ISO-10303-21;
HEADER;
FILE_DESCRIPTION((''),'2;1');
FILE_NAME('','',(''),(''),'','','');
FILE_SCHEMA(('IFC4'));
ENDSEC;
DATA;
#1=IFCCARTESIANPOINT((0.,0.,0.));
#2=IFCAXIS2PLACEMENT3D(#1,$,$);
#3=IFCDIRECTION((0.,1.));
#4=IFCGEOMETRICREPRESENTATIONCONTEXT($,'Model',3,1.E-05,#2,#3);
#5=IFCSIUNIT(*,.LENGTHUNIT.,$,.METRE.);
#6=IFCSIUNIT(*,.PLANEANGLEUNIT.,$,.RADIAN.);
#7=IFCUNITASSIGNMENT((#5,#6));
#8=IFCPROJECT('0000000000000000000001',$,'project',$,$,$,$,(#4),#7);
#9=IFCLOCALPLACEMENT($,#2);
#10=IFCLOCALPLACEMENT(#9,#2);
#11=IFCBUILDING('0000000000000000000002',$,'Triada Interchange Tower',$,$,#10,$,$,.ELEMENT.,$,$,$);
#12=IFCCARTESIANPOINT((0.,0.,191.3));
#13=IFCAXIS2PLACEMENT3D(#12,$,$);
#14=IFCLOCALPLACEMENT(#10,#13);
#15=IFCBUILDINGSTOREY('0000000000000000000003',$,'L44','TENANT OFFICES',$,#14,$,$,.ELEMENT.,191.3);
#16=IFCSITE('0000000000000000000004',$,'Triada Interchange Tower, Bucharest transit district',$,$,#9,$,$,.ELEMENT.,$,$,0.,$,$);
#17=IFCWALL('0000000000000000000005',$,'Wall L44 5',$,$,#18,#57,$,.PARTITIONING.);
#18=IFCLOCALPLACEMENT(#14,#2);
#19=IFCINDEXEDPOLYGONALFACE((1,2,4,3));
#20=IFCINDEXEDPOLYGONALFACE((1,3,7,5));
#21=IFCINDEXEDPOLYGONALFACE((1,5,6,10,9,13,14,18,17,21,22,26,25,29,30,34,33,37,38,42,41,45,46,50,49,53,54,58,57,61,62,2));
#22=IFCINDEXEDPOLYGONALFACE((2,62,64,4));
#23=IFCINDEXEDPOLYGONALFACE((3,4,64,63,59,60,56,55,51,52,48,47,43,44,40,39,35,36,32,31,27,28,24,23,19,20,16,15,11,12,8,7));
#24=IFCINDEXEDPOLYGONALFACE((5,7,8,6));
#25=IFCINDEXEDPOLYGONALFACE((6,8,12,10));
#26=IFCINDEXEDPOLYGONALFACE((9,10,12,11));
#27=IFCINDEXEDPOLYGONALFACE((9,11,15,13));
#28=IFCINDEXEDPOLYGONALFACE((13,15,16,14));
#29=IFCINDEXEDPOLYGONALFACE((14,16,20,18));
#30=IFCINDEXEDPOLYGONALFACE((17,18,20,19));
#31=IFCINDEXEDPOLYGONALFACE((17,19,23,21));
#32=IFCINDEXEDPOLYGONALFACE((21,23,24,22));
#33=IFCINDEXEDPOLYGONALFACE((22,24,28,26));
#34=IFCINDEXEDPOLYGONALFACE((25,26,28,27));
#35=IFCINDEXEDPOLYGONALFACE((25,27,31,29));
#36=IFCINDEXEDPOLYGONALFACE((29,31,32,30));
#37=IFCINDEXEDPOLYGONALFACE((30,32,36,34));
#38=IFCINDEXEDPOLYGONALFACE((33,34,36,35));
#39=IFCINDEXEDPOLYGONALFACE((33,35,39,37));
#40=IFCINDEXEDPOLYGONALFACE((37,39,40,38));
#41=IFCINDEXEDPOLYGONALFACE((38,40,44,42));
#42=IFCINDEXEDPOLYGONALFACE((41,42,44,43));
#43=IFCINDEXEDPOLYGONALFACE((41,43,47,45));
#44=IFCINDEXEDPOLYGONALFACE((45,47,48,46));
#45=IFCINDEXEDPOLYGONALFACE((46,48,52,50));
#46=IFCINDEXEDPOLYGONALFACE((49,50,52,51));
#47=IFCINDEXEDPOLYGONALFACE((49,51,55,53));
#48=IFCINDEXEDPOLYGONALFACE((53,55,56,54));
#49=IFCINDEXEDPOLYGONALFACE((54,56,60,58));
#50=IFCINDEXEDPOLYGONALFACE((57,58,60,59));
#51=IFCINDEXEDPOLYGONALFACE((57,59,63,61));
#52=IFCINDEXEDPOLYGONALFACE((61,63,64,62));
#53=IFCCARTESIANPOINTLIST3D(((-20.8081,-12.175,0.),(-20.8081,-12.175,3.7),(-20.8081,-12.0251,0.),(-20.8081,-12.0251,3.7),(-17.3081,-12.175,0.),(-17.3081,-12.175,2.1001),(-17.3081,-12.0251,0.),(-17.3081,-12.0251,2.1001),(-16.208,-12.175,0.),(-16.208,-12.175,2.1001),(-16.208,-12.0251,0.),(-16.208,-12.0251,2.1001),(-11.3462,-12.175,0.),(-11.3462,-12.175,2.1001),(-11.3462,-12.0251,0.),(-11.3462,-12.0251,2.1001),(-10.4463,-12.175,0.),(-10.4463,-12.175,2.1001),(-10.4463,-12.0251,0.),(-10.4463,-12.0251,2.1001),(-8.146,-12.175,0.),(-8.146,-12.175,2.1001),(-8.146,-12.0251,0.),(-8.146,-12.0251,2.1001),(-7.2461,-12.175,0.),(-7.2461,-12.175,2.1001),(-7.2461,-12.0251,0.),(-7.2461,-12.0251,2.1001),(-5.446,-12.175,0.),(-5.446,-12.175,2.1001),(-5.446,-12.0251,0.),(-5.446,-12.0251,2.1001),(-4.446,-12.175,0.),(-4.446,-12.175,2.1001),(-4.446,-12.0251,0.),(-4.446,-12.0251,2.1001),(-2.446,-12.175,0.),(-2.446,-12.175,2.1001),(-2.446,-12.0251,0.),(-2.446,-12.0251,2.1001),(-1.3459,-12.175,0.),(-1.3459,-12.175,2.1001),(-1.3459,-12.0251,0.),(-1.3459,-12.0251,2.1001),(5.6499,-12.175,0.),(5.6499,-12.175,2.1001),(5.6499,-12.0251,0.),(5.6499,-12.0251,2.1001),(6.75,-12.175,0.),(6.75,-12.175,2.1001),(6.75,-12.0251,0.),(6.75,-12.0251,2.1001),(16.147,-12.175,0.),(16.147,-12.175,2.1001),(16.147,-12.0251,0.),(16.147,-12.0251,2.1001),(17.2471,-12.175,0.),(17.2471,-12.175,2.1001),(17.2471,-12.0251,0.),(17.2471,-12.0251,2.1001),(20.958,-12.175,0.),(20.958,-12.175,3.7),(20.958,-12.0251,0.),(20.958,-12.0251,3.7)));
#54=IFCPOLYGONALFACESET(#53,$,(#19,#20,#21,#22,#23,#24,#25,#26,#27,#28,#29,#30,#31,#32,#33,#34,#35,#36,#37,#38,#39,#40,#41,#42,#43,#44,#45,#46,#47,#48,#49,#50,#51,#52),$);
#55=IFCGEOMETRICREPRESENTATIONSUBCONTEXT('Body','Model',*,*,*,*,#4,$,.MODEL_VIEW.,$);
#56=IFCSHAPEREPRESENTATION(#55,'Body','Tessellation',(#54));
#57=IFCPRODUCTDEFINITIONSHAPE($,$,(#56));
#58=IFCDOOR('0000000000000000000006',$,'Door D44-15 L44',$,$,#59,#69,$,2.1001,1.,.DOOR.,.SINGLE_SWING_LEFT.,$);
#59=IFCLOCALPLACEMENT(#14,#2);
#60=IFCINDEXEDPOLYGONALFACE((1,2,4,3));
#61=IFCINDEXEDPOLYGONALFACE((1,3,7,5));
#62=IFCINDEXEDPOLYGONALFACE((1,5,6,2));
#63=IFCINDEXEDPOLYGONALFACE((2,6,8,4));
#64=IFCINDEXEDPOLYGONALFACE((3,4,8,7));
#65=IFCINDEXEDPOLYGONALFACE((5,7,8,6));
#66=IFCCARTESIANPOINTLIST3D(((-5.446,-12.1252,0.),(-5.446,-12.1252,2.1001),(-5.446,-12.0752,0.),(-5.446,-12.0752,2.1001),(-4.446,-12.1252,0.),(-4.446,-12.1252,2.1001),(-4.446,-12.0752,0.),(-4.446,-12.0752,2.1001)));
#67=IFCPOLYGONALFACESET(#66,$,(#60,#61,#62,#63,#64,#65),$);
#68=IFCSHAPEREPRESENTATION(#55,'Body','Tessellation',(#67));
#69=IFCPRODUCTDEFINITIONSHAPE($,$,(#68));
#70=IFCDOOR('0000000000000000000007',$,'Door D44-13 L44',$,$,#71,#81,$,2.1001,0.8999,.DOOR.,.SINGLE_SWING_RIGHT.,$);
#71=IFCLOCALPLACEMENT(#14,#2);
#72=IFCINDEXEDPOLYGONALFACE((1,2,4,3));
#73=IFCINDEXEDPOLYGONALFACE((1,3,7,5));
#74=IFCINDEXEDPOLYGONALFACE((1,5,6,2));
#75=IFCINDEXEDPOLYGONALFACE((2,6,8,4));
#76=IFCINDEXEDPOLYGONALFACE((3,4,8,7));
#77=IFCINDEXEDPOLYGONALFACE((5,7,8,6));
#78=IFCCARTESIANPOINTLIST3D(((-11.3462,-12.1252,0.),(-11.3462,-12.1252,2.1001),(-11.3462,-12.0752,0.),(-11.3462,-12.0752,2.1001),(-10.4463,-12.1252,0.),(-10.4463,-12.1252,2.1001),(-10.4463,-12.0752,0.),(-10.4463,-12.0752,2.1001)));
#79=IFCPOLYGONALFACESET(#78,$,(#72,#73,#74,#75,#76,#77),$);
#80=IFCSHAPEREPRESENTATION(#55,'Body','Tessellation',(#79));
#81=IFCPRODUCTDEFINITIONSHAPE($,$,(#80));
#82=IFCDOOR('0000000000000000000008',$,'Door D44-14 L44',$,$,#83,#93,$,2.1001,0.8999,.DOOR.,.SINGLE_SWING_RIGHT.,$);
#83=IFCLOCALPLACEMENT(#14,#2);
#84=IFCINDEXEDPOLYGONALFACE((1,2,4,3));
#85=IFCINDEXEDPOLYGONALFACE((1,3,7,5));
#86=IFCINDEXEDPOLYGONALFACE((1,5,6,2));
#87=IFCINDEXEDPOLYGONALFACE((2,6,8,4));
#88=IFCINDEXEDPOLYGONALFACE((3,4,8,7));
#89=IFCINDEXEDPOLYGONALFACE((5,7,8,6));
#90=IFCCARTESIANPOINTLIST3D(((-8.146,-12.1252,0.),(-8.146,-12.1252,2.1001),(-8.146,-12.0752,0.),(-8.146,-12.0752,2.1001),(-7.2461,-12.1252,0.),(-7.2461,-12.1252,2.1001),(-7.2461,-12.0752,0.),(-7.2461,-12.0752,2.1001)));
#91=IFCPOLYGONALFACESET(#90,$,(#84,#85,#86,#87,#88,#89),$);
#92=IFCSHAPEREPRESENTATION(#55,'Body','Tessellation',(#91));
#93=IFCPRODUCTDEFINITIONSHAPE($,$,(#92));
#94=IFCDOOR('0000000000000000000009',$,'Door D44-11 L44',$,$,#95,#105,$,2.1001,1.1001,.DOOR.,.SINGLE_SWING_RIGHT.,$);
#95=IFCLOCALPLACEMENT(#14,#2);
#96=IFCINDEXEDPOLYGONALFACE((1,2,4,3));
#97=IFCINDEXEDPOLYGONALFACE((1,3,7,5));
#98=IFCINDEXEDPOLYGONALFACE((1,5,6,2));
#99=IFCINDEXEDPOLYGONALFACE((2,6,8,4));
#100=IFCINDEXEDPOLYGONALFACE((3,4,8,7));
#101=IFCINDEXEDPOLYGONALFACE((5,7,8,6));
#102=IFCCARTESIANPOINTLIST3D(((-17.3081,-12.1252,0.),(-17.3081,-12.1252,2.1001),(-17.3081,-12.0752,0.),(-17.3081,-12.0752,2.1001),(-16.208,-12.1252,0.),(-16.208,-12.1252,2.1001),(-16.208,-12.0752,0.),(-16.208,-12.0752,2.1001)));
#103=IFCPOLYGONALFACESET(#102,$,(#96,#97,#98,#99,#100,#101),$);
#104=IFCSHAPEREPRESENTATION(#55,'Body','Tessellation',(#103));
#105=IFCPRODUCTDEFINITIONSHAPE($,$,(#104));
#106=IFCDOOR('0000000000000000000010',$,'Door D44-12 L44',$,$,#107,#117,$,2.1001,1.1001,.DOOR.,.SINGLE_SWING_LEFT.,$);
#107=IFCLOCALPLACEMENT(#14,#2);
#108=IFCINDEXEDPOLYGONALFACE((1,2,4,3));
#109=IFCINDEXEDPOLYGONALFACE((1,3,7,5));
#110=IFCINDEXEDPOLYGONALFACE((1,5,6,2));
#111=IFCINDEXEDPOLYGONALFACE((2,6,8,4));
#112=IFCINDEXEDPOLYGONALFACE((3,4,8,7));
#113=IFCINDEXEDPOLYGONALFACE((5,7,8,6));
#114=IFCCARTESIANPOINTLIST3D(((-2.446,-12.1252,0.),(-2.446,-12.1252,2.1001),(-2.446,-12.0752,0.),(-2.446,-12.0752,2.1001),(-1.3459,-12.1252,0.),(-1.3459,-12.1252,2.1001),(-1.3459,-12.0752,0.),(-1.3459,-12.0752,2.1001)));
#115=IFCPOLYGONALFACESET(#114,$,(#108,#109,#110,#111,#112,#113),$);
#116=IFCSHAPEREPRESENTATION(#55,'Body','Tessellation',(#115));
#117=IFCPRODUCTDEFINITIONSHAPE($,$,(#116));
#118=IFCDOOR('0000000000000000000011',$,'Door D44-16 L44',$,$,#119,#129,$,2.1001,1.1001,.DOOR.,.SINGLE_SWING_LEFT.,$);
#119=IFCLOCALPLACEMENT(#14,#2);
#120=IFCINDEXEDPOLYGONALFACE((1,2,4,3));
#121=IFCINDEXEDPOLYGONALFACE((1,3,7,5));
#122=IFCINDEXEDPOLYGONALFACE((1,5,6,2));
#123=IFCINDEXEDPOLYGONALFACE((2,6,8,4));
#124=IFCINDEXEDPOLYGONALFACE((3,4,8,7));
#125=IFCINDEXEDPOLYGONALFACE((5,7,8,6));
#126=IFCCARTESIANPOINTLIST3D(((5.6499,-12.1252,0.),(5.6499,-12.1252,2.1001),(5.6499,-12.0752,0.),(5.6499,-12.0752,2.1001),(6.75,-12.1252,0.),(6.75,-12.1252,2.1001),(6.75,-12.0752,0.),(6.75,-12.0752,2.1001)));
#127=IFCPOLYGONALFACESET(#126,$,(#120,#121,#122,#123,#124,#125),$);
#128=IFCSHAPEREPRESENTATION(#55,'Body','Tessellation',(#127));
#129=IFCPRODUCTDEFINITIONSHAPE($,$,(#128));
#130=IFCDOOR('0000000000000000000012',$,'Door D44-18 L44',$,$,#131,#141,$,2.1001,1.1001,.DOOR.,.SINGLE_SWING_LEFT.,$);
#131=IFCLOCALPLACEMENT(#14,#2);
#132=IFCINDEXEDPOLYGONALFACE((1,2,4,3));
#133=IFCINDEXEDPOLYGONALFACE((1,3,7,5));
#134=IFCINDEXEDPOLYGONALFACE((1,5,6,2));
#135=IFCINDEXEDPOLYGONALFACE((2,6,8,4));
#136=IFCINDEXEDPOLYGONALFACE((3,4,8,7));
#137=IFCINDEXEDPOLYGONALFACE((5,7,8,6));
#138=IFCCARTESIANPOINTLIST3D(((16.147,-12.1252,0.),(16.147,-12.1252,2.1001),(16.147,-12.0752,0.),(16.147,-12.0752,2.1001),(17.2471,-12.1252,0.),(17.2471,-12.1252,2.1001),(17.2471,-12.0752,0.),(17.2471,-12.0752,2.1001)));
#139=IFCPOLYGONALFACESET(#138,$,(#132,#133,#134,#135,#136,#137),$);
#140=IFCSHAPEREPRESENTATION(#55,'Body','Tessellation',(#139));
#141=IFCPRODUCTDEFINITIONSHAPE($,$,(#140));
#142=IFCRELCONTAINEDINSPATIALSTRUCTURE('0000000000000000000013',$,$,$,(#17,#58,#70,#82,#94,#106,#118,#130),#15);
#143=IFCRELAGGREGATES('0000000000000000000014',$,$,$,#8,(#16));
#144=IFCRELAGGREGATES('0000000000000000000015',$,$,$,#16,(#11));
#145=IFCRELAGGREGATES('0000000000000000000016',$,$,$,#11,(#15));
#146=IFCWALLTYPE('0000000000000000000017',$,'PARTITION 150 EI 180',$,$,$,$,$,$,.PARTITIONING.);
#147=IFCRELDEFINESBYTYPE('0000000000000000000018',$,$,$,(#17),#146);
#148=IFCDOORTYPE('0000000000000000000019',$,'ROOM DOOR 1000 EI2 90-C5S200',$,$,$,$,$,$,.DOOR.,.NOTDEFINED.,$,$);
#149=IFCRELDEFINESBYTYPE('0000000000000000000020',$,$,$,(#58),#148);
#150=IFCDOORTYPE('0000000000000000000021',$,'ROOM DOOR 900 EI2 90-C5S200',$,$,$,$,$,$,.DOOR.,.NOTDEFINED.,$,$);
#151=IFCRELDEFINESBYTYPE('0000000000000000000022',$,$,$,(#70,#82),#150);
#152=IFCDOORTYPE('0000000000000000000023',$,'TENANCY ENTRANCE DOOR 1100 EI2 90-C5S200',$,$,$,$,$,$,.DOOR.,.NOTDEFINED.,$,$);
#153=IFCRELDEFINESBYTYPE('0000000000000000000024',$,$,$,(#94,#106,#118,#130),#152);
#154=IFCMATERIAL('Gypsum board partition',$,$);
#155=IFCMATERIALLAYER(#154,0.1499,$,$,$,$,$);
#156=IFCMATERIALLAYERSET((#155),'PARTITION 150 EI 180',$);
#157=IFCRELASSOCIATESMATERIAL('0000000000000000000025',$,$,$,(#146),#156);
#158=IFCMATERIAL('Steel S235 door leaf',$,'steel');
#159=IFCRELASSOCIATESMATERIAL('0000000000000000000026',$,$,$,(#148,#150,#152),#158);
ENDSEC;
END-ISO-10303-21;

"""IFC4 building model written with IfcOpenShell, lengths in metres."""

from ifc_helpers import new_model, si_unit, direction, frame, frame_2d, origin, place, context, subcontext, project, spatial, rectangle, extrude, material, layer, layer_set, type_object, element, fill, save


model = new_model("IFC4")

# Units and contexts
model_context = context("Model", 3, precision=1e-05, world=origin(), true_north=direction((0.0, 1.0)))
body_context = subcontext(model_context, "Body", "Model", "MODEL_VIEW")
ifc_project = project(units=[si_unit("LENGTHUNIT", "METRE"), si_unit("PLANEANGLEUNIT", "RADIAN")], contexts=[model_context])

# Site, building, storey
site_placement = place(None, origin())
site = spatial("IfcSite", under=ifc_project, at=site_placement, Name="Triada Interchange Tower, Bucharest transit district", CompositionType="ELEMENT", RefElevation=0.0)
building_placement = place(site_placement, origin())
building = spatial("IfcBuilding", under=site, at=building_placement, Name="Triada Interchange Tower", CompositionType="ELEMENT")
storey_placement = place(building_placement, frame((0.0, 0.0, 191.3)))
storey = spatial("IfcBuildingStorey", under=building, at=storey_placement, Name="L44", Description="TENANT OFFICES", CompositionType="ELEMENT", Elevation=191.3)

# Wall, openings, doors
ifc_material_1 = material(Name="Gypsum board partition")
ifc_layer_1 = layer(ifc_material_1, 0.1499)
ifc_layer_set_1 = layer_set([ifc_layer_1], Name="PARTITION 150 EI 180")
wall_type_1 = type_object("IfcWallType", Name="PARTITION 150 EI 180", PredefinedType="PARTITIONING", material=ifc_layer_set_1)
ifc_material_2 = material(Name="Steel S235 door leaf", Category="steel")
door_type_1 = type_object("IfcDoorType", Name="ROOM DOOR 1000 EI2 90-C5S200", OperationType="NOTDEFINED", PredefinedType="DOOR", material=ifc_material_2)
door_type_2 = type_object("IfcDoorType", Name="ROOM DOOR 900 EI2 90-C5S200", OperationType="NOTDEFINED", PredefinedType="DOOR", material=ifc_material_2)
door_type_3 = type_object("IfcDoorType", Name="TENANCY ENTRANCE DOOR 1100 EI2 90-C5S200", OperationType="NOTDEFINED", PredefinedType="DOOR", material=ifc_material_2)
wall_1_placement = place(storey_placement, frame((-20.8081, -12.1001, 0.0), z_axis=(0.0, 0.0, 1.0), x_axis=(1.0, 0.0, 0.0)))
wall_1 = element("IfcWall", 1, at=wall_1_placement, inside=storey, type_object=wall_type_1, Name="Wall L44 5", PredefinedType="PARTITIONING", context=body_context, shape_type="SweptSolid", body=[
    extrude(rectangle(XDim=41.7661, YDim=0.1499, at=frame_2d((20.8831, 0.0))), origin(), (0.0, 0.0, 1.0), 3.7),
])
opening_1_placement = place(wall_1_placement, frame((3.5, 0.0, 0.0)))
opening_1 = element("IfcOpeningElement", 2, at=opening_1_placement, cuts=wall_1, PredefinedType="OPENING", context=body_context, shape_type="SweptSolid", body=[
    extrude(rectangle(XDim=1.1001, YDim=2.1001, at=frame_2d((0.55, 1.05))), frame((0.0, 0.085, 0.0), z_axis=(0.0, -1.0, 0.0), x_axis=(1.0, 0.0, 0.0)), (0.0, 0.0, 1.0), 0.1699),
])
opening_2_placement = place(wall_1_placement, frame((18.3621, 0.0, 0.0)))
opening_2 = element("IfcOpeningElement", 3, at=opening_2_placement, cuts=wall_1, PredefinedType="OPENING", context=body_context, shape_type="SweptSolid", body=[
    extrude(rectangle(XDim=1.1001, YDim=2.1001, at=frame_2d((0.55, 1.05))), frame((0.0, 0.085, 0.0), z_axis=(0.0, -1.0, 0.0), x_axis=(1.0, 0.0, 0.0)), (0.0, 0.0, 1.0), 0.1699),
])
opening_3_placement = place(wall_1_placement, frame((9.4619, 0.0, 0.0)))
opening_3 = element("IfcOpeningElement", 4, at=opening_3_placement, cuts=wall_1, PredefinedType="OPENING", context=body_context, shape_type="SweptSolid", body=[
    extrude(rectangle(XDim=0.8999, YDim=2.1001, at=frame_2d((0.45, 1.05))), frame((0.0, 0.085, 0.0), z_axis=(0.0, -1.0, 0.0), x_axis=(1.0, 0.0, 0.0)), (0.0, 0.0, 1.0), 0.1699),
])
opening_4_placement = place(wall_1_placement, frame((12.6621, 0.0, 0.0)))
opening_4 = element("IfcOpeningElement", 5, at=opening_4_placement, cuts=wall_1, PredefinedType="OPENING", context=body_context, shape_type="SweptSolid", body=[
    extrude(rectangle(XDim=0.8999, YDim=2.1001, at=frame_2d((0.45, 1.05))), frame((0.0, 0.085, 0.0), z_axis=(0.0, -1.0, 0.0), x_axis=(1.0, 0.0, 0.0)), (0.0, 0.0, 1.0), 0.1699),
])
opening_5_placement = place(wall_1_placement, frame((15.3621, 0.0, 0.0)))
opening_5 = element("IfcOpeningElement", 6, at=opening_5_placement, cuts=wall_1, PredefinedType="OPENING", context=body_context, shape_type="SweptSolid", body=[
    extrude(rectangle(XDim=1.0, YDim=2.1001, at=frame_2d((0.5, 1.05))), frame((0.0, 0.085, 0.0), z_axis=(0.0, -1.0, 0.0), x_axis=(1.0, 0.0, 0.0)), (0.0, 0.0, 1.0), 0.1699),
])
opening_6_placement = place(wall_1_placement, frame((26.458, 0.0, 0.0)))
opening_6 = element("IfcOpeningElement", 7, at=opening_6_placement, cuts=wall_1, PredefinedType="OPENING", context=body_context, shape_type="SweptSolid", body=[
    extrude(rectangle(XDim=1.1001, YDim=2.1001, at=frame_2d((0.55, 1.05))), frame((0.0, 0.085, 0.0), z_axis=(0.0, -1.0, 0.0), x_axis=(1.0, 0.0, 0.0)), (0.0, 0.0, 1.0), 0.1699),
])
opening_7_placement = place(wall_1_placement, frame((36.9551, 0.0, 0.0)))
opening_7 = element("IfcOpeningElement", 8, at=opening_7_placement, cuts=wall_1, PredefinedType="OPENING", context=body_context, shape_type="SweptSolid", body=[
    extrude(rectangle(XDim=1.1001, YDim=2.1001, at=frame_2d((0.55, 1.05))), frame((0.0, 0.085, 0.0), z_axis=(0.0, -1.0, 0.0), x_axis=(1.0, 0.0, 0.0)), (0.0, 0.0, 1.0), 0.1699),
])
door_1_placement = place(opening_5_placement, origin())
door_1 = element("IfcDoor", 9, at=door_1_placement, inside=storey, type_object=door_type_1, Name="Door D44-15 L44", OperationType="SINGLE_SWING_LEFT", OverallHeight=2.1001, OverallWidth=1.0, PredefinedType="DOOR", context=body_context, shape_type="SweptSolid", body=[
    extrude(rectangle(XDim=1.0, YDim=2.1001, at=frame_2d((0.5, 1.05))), frame((0.0, 0.0249, 0.0), z_axis=(0.0, -1.0, 0.0), x_axis=(1.0, 0.0, 0.0)), (0.0, 0.0, 1.0), 0.05),
])
fill(opening_5, door_1)
door_2_placement = place(opening_3_placement, origin())
door_2 = element("IfcDoor", 10, at=door_2_placement, inside=storey, type_object=door_type_2, Name="Door D44-13 L44", OperationType="SINGLE_SWING_RIGHT", OverallHeight=2.1001, OverallWidth=0.8999, PredefinedType="DOOR", context=body_context, shape_type="SweptSolid", body=[
    extrude(rectangle(XDim=0.8999, YDim=2.1001, at=frame_2d((0.45, 1.05))), frame((0.0, 0.0249, 0.0), z_axis=(0.0, -1.0, 0.0), x_axis=(1.0, 0.0, 0.0)), (0.0, 0.0, 1.0), 0.05),
])
fill(opening_3, door_2)
door_3_placement = place(opening_4_placement, origin())
door_3 = element("IfcDoor", 11, at=door_3_placement, inside=storey, type_object=door_type_2, Name="Door D44-14 L44", OperationType="SINGLE_SWING_RIGHT", OverallHeight=2.1001, OverallWidth=0.8999, PredefinedType="DOOR", context=body_context, shape_type="SweptSolid", body=[
    extrude(rectangle(XDim=0.8999, YDim=2.1001, at=frame_2d((0.45, 1.05))), frame((0.0, 0.0249, 0.0), z_axis=(0.0, -1.0, 0.0), x_axis=(1.0, 0.0, 0.0)), (0.0, 0.0, 1.0), 0.05),
])
fill(opening_4, door_3)
door_4_placement = place(opening_1_placement, origin())
door_4 = element("IfcDoor", 12, at=door_4_placement, inside=storey, type_object=door_type_3, Name="Door D44-11 L44", OperationType="SINGLE_SWING_RIGHT", OverallHeight=2.1001, OverallWidth=1.1001, PredefinedType="DOOR", context=body_context, shape_type="SweptSolid", body=[
    extrude(rectangle(XDim=1.1001, YDim=2.1001, at=frame_2d((0.55, 1.05))), frame((0.0, 0.0249, 0.0), z_axis=(0.0, -1.0, 0.0), x_axis=(1.0, 0.0, 0.0)), (0.0, 0.0, 1.0), 0.05),
])
fill(opening_1, door_4)
door_5_placement = place(opening_2_placement, origin())
door_5 = element("IfcDoor", 13, at=door_5_placement, inside=storey, type_object=door_type_3, Name="Door D44-12 L44", OperationType="SINGLE_SWING_LEFT", OverallHeight=2.1001, OverallWidth=1.1001, PredefinedType="DOOR", context=body_context, shape_type="SweptSolid", body=[
    extrude(rectangle(XDim=1.1001, YDim=2.1001, at=frame_2d((0.55, 1.05))), frame((0.0, 0.0249, 0.0), z_axis=(0.0, -1.0, 0.0), x_axis=(1.0, 0.0, 0.0)), (0.0, 0.0, 1.0), 0.05),
])
fill(opening_2, door_5)
door_6_placement = place(opening_6_placement, origin())
door_6 = element("IfcDoor", 14, at=door_6_placement, inside=storey, type_object=door_type_3, Name="Door D44-16 L44", OperationType="SINGLE_SWING_LEFT", OverallHeight=2.1001, OverallWidth=1.1001, PredefinedType="DOOR", context=body_context, shape_type="SweptSolid", body=[
    extrude(rectangle(XDim=1.1001, YDim=2.1001, at=frame_2d((0.55, 1.05))), frame((0.0, 0.0249, 0.0), z_axis=(0.0, -1.0, 0.0), x_axis=(1.0, 0.0, 0.0)), (0.0, 0.0, 1.0), 0.05),
])
fill(opening_6, door_6)
door_7_placement = place(opening_7_placement, origin())
door_7 = element("IfcDoor", 15, at=door_7_placement, inside=storey, type_object=door_type_3, Name="Door D44-18 L44", OperationType="SINGLE_SWING_LEFT", OverallHeight=2.1001, OverallWidth=1.1001, PredefinedType="DOOR", context=body_context, shape_type="SweptSolid", body=[
    extrude(rectangle(XDim=1.1001, YDim=2.1001, at=frame_2d((0.55, 1.05))), frame((0.0, 0.0249, 0.0), z_axis=(0.0, -1.0, 0.0), x_axis=(1.0, 0.0, 0.0)), (0.0, 0.0, 1.0), 0.05),
])
fill(opening_7, door_7)

save(model, "model.ifc")
